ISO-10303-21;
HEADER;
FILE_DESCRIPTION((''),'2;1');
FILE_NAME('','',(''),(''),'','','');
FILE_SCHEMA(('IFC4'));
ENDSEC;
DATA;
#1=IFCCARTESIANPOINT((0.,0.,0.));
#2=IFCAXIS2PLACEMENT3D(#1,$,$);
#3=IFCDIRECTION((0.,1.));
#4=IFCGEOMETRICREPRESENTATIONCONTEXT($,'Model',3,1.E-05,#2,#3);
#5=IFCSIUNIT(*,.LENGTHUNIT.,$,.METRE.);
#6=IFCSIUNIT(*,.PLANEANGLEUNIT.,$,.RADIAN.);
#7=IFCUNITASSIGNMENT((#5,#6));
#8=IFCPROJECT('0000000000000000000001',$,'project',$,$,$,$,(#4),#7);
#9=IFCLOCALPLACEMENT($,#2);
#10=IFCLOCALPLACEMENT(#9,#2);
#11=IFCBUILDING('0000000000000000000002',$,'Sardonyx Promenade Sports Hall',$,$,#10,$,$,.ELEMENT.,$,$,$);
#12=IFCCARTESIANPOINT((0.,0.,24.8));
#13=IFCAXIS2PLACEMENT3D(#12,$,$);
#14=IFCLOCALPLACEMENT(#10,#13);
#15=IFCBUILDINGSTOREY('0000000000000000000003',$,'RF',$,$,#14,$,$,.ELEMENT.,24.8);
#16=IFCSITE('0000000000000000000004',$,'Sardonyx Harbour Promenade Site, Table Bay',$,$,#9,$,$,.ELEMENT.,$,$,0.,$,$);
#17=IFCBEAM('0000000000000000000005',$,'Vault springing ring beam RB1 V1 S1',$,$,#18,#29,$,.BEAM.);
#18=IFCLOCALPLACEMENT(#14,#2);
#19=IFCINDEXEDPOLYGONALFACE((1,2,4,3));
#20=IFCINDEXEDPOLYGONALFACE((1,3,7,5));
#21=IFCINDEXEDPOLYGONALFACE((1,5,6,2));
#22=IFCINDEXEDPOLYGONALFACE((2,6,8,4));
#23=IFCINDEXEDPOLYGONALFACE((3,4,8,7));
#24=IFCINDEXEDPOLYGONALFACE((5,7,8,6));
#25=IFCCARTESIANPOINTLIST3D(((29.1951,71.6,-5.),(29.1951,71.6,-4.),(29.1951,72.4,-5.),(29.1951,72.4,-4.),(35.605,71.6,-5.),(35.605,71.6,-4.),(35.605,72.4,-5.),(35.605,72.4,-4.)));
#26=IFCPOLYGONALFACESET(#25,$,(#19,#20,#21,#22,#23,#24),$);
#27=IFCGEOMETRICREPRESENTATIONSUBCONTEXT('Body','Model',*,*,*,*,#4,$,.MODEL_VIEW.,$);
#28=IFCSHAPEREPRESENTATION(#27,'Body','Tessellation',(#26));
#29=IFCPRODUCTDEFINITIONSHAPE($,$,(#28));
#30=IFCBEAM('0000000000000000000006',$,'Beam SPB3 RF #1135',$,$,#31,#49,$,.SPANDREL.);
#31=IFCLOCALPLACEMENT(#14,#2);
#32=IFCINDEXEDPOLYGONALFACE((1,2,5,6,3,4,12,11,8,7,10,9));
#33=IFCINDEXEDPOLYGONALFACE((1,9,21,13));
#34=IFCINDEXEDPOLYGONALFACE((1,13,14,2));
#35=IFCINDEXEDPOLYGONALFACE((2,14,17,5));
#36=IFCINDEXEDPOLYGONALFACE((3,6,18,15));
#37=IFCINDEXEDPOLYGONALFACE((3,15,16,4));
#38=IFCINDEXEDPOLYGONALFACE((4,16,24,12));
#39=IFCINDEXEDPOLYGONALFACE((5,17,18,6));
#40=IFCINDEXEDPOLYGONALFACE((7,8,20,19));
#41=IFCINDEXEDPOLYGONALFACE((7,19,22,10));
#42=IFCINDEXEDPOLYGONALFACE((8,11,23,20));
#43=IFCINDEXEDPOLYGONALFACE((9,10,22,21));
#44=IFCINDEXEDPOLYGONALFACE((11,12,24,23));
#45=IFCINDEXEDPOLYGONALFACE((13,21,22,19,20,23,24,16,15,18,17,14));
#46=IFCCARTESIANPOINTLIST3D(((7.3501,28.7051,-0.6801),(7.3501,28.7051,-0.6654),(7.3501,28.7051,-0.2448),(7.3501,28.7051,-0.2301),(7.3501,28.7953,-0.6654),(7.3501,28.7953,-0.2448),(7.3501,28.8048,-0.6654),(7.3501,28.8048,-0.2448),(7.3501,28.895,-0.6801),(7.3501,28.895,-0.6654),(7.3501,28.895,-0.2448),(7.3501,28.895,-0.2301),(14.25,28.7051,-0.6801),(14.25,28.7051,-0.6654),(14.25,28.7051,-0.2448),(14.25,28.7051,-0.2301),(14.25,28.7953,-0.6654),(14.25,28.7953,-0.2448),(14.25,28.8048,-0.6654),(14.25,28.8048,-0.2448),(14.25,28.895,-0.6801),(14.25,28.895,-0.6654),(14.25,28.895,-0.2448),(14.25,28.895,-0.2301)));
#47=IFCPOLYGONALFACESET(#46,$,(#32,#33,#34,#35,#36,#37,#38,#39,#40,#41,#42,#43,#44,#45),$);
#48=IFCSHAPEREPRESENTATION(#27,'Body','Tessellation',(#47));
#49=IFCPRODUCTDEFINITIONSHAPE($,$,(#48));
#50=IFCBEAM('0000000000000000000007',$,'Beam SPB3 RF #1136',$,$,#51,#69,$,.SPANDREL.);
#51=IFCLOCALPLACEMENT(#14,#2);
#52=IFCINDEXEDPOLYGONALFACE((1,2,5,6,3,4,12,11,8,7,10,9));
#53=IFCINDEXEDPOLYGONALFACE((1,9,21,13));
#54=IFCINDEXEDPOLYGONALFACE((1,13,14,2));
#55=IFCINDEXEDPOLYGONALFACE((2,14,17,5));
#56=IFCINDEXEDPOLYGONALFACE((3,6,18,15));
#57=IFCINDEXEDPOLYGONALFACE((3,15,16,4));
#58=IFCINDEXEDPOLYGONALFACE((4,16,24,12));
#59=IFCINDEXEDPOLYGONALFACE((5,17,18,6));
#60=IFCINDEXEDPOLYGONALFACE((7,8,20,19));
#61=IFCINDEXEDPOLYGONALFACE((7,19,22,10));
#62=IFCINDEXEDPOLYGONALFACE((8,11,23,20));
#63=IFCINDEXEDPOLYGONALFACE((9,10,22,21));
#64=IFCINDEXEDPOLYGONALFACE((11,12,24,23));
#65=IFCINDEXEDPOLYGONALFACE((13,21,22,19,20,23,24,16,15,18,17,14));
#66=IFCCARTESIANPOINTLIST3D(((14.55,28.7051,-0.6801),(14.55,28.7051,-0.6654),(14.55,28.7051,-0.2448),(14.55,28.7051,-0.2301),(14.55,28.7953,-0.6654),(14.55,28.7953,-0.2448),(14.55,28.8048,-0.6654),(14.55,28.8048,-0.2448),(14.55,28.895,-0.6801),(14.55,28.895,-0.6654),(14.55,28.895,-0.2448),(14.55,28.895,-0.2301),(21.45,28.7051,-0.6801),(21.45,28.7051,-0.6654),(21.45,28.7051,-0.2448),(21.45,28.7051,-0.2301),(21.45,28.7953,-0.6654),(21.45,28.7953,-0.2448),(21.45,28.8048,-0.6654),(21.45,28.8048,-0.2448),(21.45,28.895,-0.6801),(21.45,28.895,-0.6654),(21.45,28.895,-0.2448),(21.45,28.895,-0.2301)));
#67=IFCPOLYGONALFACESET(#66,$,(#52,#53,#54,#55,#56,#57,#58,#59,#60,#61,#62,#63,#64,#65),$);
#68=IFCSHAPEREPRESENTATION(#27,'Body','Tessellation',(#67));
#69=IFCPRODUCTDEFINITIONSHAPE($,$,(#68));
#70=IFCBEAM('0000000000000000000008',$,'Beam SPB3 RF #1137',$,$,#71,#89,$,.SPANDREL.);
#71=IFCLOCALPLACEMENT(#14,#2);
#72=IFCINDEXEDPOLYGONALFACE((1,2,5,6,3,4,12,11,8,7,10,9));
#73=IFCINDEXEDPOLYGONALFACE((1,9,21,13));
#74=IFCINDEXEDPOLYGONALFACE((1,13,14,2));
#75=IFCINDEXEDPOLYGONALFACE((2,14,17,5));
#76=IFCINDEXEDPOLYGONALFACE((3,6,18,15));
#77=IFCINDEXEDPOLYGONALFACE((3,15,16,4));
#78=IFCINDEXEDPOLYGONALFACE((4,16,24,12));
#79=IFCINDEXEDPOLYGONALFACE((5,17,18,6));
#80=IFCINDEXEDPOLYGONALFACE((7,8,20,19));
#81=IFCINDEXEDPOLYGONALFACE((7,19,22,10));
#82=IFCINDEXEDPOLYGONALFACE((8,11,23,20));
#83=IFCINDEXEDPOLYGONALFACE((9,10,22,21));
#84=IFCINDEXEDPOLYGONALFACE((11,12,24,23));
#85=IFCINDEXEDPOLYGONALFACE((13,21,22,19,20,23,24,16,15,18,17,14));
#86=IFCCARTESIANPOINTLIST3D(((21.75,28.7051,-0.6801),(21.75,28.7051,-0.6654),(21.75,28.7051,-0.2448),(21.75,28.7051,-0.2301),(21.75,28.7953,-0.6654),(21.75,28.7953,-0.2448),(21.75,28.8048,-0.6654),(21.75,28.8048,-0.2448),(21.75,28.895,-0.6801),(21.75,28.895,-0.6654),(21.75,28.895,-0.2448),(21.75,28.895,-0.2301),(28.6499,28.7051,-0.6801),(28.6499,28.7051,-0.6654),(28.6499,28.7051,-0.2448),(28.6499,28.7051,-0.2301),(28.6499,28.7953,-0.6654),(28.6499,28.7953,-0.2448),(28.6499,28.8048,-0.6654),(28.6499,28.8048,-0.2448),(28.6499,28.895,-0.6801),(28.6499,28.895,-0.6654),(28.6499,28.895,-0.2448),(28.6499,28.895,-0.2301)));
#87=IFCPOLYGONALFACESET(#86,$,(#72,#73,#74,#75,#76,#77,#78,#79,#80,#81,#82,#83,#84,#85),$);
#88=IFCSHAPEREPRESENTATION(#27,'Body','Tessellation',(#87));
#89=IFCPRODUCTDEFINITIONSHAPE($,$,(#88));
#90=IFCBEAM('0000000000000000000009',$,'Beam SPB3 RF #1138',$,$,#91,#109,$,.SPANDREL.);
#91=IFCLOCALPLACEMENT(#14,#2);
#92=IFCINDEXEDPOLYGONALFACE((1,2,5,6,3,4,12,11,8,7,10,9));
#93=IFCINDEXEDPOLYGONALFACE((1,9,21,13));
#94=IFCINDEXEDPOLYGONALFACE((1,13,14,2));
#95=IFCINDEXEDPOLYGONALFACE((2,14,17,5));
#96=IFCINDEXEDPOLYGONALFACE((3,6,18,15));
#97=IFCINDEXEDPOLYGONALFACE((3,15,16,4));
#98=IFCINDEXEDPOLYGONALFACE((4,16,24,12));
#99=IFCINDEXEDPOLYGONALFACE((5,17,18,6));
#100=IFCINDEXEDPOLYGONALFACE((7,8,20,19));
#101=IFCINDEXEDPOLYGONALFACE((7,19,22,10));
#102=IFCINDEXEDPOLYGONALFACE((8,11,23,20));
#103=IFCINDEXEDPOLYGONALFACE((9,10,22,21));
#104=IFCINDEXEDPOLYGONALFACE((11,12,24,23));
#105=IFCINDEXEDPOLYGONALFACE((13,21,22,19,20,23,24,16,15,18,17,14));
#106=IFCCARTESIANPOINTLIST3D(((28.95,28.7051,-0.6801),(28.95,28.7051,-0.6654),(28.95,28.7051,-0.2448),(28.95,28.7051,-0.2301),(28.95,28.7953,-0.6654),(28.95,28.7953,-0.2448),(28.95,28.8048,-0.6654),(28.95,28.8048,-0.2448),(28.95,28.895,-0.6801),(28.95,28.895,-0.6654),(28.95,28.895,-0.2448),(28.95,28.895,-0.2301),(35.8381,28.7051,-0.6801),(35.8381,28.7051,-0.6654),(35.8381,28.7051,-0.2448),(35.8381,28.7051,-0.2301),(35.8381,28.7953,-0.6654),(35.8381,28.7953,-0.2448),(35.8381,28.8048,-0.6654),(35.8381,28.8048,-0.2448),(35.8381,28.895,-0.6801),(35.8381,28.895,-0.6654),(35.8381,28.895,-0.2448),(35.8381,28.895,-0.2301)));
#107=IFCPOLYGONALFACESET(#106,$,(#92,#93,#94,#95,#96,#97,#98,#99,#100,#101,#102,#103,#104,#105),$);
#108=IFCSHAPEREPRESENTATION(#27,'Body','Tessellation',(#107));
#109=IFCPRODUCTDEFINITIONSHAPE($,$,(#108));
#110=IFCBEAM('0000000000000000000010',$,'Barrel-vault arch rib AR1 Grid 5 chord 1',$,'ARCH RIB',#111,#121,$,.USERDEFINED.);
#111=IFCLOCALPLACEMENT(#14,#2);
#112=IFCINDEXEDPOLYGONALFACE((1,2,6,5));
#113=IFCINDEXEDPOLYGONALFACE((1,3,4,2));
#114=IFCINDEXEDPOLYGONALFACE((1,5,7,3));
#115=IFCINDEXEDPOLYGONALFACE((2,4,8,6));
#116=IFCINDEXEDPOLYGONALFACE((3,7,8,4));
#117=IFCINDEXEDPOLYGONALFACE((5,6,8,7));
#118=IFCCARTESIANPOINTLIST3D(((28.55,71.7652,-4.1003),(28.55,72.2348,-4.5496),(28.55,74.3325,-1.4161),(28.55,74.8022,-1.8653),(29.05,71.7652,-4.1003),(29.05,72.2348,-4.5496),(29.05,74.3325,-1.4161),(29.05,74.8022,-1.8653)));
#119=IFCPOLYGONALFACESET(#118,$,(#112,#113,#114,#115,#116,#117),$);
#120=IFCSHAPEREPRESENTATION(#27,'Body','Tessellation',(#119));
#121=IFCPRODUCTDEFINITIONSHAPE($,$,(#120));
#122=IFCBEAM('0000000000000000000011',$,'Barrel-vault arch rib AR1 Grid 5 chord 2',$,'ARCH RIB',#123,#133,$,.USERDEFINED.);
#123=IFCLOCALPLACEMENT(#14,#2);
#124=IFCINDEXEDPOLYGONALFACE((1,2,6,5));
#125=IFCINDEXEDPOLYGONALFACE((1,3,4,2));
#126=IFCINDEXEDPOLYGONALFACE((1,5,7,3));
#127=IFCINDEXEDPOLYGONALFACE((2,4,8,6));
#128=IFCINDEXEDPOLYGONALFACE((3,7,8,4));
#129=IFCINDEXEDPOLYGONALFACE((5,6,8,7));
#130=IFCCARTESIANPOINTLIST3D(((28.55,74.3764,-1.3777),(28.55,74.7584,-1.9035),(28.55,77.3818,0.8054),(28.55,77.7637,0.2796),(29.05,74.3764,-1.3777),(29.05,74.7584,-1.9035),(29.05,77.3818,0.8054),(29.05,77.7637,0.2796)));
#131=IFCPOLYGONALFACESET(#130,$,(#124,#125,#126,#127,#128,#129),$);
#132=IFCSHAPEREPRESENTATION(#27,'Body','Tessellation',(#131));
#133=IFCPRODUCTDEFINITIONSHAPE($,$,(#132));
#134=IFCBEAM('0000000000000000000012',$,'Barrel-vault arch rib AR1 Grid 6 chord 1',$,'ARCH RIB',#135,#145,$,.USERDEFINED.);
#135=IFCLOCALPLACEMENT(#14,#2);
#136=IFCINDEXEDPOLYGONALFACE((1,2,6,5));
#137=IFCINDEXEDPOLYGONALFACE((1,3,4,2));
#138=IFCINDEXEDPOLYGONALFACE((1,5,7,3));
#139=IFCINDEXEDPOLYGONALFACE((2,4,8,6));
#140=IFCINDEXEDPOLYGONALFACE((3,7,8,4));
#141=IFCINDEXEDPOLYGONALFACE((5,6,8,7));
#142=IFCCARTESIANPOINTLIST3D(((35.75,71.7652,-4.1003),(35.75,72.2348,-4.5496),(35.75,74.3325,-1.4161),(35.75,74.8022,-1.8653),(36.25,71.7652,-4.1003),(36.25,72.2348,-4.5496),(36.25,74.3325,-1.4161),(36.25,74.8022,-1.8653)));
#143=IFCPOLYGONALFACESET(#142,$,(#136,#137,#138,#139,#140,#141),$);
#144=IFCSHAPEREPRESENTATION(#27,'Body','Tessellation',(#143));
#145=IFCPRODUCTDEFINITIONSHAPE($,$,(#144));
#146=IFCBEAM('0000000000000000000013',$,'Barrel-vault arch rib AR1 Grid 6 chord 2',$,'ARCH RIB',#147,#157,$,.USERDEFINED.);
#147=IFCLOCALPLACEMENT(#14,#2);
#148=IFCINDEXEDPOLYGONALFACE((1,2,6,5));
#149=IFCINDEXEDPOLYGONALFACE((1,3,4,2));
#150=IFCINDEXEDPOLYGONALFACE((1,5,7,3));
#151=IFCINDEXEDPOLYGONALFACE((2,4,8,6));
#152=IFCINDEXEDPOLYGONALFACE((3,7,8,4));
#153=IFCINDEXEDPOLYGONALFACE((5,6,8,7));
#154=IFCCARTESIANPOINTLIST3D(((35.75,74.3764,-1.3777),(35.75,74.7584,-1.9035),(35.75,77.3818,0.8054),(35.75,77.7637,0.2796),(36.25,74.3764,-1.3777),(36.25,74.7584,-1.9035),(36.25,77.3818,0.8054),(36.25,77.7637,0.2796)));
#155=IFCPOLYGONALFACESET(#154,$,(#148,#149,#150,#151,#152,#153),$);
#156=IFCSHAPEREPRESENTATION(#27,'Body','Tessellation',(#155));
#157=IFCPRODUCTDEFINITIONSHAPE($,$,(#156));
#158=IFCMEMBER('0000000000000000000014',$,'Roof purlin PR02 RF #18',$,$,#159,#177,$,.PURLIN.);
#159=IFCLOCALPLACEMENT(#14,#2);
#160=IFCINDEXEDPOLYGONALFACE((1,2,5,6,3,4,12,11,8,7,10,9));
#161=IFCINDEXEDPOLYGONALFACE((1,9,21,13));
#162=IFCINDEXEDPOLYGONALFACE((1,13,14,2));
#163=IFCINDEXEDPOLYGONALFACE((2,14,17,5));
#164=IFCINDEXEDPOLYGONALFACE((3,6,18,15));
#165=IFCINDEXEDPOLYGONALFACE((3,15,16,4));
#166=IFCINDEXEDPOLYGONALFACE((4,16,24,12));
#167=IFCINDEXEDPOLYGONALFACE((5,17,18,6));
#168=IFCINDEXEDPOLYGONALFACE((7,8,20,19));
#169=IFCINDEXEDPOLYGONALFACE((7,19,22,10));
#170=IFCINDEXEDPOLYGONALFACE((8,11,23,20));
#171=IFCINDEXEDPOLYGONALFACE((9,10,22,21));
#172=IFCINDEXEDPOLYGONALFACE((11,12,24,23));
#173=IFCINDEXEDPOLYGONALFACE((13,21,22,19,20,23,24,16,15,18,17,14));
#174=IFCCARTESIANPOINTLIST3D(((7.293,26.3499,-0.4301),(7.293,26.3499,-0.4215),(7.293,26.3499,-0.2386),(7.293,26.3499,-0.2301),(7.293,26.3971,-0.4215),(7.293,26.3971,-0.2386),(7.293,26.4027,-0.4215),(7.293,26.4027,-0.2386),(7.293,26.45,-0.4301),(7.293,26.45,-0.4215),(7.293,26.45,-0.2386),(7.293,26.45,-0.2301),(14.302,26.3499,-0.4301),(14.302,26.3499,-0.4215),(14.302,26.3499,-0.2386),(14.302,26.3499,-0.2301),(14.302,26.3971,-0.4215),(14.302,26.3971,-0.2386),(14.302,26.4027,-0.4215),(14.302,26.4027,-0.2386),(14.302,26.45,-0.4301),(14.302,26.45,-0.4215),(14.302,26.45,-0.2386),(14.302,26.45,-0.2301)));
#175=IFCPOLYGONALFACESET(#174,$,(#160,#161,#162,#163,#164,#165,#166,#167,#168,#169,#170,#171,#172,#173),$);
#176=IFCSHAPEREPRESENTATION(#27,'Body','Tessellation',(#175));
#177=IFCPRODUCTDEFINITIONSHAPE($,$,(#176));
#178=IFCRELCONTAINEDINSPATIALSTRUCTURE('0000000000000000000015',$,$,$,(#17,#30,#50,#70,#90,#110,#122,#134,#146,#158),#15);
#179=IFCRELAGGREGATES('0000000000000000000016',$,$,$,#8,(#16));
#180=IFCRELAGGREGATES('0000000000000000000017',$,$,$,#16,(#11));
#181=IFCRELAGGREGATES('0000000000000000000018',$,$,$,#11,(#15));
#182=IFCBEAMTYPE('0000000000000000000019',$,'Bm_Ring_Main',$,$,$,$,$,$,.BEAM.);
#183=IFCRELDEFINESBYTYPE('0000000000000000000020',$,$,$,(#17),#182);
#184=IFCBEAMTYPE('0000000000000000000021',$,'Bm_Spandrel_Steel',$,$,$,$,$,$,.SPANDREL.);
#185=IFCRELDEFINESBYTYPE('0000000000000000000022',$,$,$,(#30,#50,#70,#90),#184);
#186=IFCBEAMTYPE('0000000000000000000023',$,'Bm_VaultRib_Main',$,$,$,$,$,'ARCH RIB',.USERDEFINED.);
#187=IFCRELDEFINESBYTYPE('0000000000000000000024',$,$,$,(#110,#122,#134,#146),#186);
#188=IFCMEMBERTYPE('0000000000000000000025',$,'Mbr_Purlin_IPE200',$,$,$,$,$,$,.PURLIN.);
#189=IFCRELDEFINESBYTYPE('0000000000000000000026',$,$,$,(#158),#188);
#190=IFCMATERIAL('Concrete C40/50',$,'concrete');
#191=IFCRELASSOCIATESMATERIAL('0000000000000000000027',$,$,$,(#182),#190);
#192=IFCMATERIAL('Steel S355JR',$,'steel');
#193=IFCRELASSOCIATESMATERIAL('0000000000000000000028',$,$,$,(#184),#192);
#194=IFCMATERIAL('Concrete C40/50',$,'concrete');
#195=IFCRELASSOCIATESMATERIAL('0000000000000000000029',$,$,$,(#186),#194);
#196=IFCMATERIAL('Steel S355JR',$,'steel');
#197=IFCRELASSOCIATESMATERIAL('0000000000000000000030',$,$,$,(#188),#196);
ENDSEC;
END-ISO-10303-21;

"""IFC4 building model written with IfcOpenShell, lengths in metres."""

from ifc_helpers import new_model, si_unit, direction, frame, origin, origin_2d, place, context, subcontext, project, spatial, rectangle, i_section, extrude, material, material_profile, profile_set, type_object, element, save


model = new_model("IFC4")

# Units and contexts
model_context = context("Model", 3, precision=1e-05, world=origin(), true_north=direction((0.0, 1.0)))
body_context = subcontext(model_context, "Body", "Model", "MODEL_VIEW")
ifc_project = project(units=[si_unit("LENGTHUNIT", "METRE"), si_unit("PLANEANGLEUNIT", "RADIAN")], contexts=[model_context])

# Site, building, storey
site_placement = place(None, origin())
site = spatial("IfcSite", under=ifc_project, at=site_placement, Name="Sardonyx Harbour Promenade Site, Table Bay", CompositionType="ELEMENT", RefElevation=0.0)
building_placement = place(site_placement, origin())
building = spatial("IfcBuilding", under=site, at=building_placement, Name="Sardonyx Promenade Sports Hall", CompositionType="ELEMENT")
storey_placement = place(building_placement, frame((0.0, 0.0, 24.8)))
storey = spatial("IfcBuildingStorey", under=building, at=storey_placement, Name="RF", CompositionType="ELEMENT", Elevation=24.8)

# Beams
ifc_material_1 = material(Name="Concrete C40/50", Category="concrete")
ifc_material_profile_1 = material_profile(ifc_material_1, rectangle(XDim=0.8, YDim=1.0, at=origin_2d()))
ifc_profile_set_1 = profile_set([ifc_material_profile_1], Name="Concrete C40/50")
beam_type_1 = type_object("IfcBeamType", Name="Bm_Ring_Main", PredefinedType="BEAM", material=ifc_profile_set_1)
beam_1_placement = place(storey_placement, frame((29.1951, 72.0, -4.5), z_axis=(1.0, 0.0, 0.0), x_axis=(0.0, 1.0, 0.0)))
element("IfcBeam", 1, at=beam_1_placement, inside=storey, type_object=beam_type_1, Name="Vault springing ring beam RB1 V1 S1", PredefinedType="BEAM", context=body_context, shape_type="SweptSolid", body=[
    extrude(rectangle(XDim=0.8, YDim=1.0, at=origin_2d()), origin(), (0.0, 0.0, 1.0), 6.4099),
])
ifc_material_2 = material(Name="Steel S355JR", Category="steel")
ifc_material_profile_2 = material_profile(ifc_material_2, i_section(OverallWidth=0.1899, OverallDepth=0.45, WebThickness=0.0095, FlangeThickness=0.0146, at=origin_2d()))
ifc_profile_set_2 = profile_set([ifc_material_profile_2], Name="Steel S355JR")
beam_type_2 = type_object("IfcBeamType", Name="Bm_Spandrel_Steel", PredefinedType="SPANDREL", material=ifc_profile_set_2)
for number, where, z_axis, x_axis, name in (
    (2, (7.3501, 28.8, -0.4551), (1.0, 0.0, 0.0), (0.0, 1.0, 0.0), "Beam SPB3 RF #1135"),
    (3, (14.55, 28.8, -0.4551), (1.0, 0.0, 0.0), (0.0, 1.0, 0.0), "Beam SPB3 RF #1136"),
    (4, (21.75, 28.8, -0.4551), (1.0, 0.0, 0.0), (0.0, 1.0, 0.0), "Beam SPB3 RF #1137"),
):
    element("IfcBeam", number, at=place(storey_placement, frame(where, z_axis=z_axis, x_axis=x_axis)), inside=storey, type_object=beam_type_2, Name=name, PredefinedType="SPANDREL", context=body_context, shape_type="SweptSolid", body=[
        extrude(i_section(OverallWidth=0.1899, OverallDepth=0.45, WebThickness=0.0095, FlangeThickness=0.0146, at=origin_2d()), origin(), (0.0, 0.0, 1.0), 6.8999),
    ])
beam_2_placement = place(storey_placement, frame((28.95, 28.8, -0.4551), z_axis=(1.0, 0.0, 0.0), x_axis=(0.0, 1.0, 0.0)))
element("IfcBeam", 5, at=beam_2_placement, inside=storey, type_object=beam_type_2, Name="Beam SPB3 RF #1138", PredefinedType="SPANDREL", context=body_context, shape_type="SweptSolid", body=[
    extrude(i_section(OverallWidth=0.1899, OverallDepth=0.45, WebThickness=0.0095, FlangeThickness=0.0146, at=origin_2d()), origin(), (0.0, 0.0, 1.0), 6.8882),
])
ifc_material_3 = material(Name="Concrete C40/50", Category="concrete")
ifc_material_profile_3 = material_profile(ifc_material_3, rectangle(XDim=0.5, YDim=0.6499, at=origin_2d()))
ifc_profile_set_3 = profile_set([ifc_material_profile_3], Name="Concrete C40/50")
beam_type_3 = type_object("IfcBeamType", Name="Bm_VaultRib_Main", ElementType="ARCH RIB", PredefinedType="USERDEFINED", material=ifc_profile_set_3)
beam_3_placement = place(storey_placement, frame((28.8, 72.0, -4.325), z_axis=(0.0, 0.69119, 0.722673), x_axis=(-1.0, 0.0, 0.0)))
element("IfcBeam", 6, at=beam_3_placement, inside=storey, type_object=beam_type_3, Name="Barrel-vault arch rib AR1 Grid 5 chord 1", ObjectType="ARCH RIB", PredefinedType="USERDEFINED", context=body_context, shape_type="SweptSolid", body=[
    extrude(rectangle(XDim=0.5, YDim=0.6499, at=origin_2d()), origin(), (0.0, 0.0, 1.0), 3.7144),
])
beam_4_placement = place(storey_placement, frame((28.8, 74.5674, -1.6406), z_axis=(0.0, 0.809071, 0.58771), x_axis=(-1.0, 0.0, 0.0)))
element("IfcBeam", 7, at=beam_4_placement, inside=storey, type_object=beam_type_3, Name="Barrel-vault arch rib AR1 Grid 5 chord 2", ObjectType="ARCH RIB", PredefinedType="USERDEFINED", context=body_context, shape_type="SweptSolid", body=[
    extrude(rectangle(XDim=0.5, YDim=0.6499, at=origin_2d()), origin(), (0.0, 0.0, 1.0), 3.7146),
])
beam_5_placement = place(storey_placement, frame((36.0, 72.0, -4.325), z_axis=(0.0, 0.69119, 0.722673), x_axis=(-1.0, 0.0, 0.0)))
element("IfcBeam", 8, at=beam_5_placement, inside=storey, type_object=beam_type_3, Name="Barrel-vault arch rib AR1 Grid 6 chord 1", ObjectType="ARCH RIB", PredefinedType="USERDEFINED", context=body_context, shape_type="SweptSolid", body=[
    extrude(rectangle(XDim=0.5, YDim=0.6499, at=origin_2d()), origin(), (0.0, 0.0, 1.0), 3.7144),
])
beam_6_placement = place(storey_placement, frame((36.0, 74.5674, -1.6406), z_axis=(0.0, 0.809071, 0.58771), x_axis=(-1.0, 0.0, 0.0)))
element("IfcBeam", 9, at=beam_6_placement, inside=storey, type_object=beam_type_3, Name="Barrel-vault arch rib AR1 Grid 6 chord 2", ObjectType="ARCH RIB", PredefinedType="USERDEFINED", context=body_context, shape_type="SweptSolid", body=[
    extrude(rectangle(XDim=0.5, YDim=0.6499, at=origin_2d()), origin(), (0.0, 0.0, 1.0), 3.7146),
])

# Member
ifc_material_4 = material(Name="Steel S355JR", Category="steel")
ifc_material_profile_4 = material_profile(ifc_material_4, i_section(OverallWidth=0.1001, OverallDepth=0.2, WebThickness=0.0056, FlangeThickness=0.0085, at=origin_2d()))
ifc_profile_set_4 = profile_set([ifc_material_profile_4], Name="Steel S355JR")
member_type_1 = type_object("IfcMemberType", Name="Mbr_Purlin_IPE200", PredefinedType="PURLIN", material=ifc_profile_set_4)
member_placement = place(storey_placement, frame((7.293, 26.3999, -0.3301), z_axis=(1.0, 0.0, 0.0), x_axis=(0.0, 1.0, 0.0)))
element("IfcMember", 10, at=member_placement, inside=storey, type_object=member_type_1, Name="Roof purlin PR02 RF #18", PredefinedType="PURLIN", context=body_context, shape_type="SweptSolid", body=[
    extrude(i_section(OverallWidth=0.1001, OverallDepth=0.2, WebThickness=0.0056, FlangeThickness=0.0085, at=origin_2d()), origin(), (0.0, 0.0, 1.0), 7.009),
])

save(model, "model.ifc")
